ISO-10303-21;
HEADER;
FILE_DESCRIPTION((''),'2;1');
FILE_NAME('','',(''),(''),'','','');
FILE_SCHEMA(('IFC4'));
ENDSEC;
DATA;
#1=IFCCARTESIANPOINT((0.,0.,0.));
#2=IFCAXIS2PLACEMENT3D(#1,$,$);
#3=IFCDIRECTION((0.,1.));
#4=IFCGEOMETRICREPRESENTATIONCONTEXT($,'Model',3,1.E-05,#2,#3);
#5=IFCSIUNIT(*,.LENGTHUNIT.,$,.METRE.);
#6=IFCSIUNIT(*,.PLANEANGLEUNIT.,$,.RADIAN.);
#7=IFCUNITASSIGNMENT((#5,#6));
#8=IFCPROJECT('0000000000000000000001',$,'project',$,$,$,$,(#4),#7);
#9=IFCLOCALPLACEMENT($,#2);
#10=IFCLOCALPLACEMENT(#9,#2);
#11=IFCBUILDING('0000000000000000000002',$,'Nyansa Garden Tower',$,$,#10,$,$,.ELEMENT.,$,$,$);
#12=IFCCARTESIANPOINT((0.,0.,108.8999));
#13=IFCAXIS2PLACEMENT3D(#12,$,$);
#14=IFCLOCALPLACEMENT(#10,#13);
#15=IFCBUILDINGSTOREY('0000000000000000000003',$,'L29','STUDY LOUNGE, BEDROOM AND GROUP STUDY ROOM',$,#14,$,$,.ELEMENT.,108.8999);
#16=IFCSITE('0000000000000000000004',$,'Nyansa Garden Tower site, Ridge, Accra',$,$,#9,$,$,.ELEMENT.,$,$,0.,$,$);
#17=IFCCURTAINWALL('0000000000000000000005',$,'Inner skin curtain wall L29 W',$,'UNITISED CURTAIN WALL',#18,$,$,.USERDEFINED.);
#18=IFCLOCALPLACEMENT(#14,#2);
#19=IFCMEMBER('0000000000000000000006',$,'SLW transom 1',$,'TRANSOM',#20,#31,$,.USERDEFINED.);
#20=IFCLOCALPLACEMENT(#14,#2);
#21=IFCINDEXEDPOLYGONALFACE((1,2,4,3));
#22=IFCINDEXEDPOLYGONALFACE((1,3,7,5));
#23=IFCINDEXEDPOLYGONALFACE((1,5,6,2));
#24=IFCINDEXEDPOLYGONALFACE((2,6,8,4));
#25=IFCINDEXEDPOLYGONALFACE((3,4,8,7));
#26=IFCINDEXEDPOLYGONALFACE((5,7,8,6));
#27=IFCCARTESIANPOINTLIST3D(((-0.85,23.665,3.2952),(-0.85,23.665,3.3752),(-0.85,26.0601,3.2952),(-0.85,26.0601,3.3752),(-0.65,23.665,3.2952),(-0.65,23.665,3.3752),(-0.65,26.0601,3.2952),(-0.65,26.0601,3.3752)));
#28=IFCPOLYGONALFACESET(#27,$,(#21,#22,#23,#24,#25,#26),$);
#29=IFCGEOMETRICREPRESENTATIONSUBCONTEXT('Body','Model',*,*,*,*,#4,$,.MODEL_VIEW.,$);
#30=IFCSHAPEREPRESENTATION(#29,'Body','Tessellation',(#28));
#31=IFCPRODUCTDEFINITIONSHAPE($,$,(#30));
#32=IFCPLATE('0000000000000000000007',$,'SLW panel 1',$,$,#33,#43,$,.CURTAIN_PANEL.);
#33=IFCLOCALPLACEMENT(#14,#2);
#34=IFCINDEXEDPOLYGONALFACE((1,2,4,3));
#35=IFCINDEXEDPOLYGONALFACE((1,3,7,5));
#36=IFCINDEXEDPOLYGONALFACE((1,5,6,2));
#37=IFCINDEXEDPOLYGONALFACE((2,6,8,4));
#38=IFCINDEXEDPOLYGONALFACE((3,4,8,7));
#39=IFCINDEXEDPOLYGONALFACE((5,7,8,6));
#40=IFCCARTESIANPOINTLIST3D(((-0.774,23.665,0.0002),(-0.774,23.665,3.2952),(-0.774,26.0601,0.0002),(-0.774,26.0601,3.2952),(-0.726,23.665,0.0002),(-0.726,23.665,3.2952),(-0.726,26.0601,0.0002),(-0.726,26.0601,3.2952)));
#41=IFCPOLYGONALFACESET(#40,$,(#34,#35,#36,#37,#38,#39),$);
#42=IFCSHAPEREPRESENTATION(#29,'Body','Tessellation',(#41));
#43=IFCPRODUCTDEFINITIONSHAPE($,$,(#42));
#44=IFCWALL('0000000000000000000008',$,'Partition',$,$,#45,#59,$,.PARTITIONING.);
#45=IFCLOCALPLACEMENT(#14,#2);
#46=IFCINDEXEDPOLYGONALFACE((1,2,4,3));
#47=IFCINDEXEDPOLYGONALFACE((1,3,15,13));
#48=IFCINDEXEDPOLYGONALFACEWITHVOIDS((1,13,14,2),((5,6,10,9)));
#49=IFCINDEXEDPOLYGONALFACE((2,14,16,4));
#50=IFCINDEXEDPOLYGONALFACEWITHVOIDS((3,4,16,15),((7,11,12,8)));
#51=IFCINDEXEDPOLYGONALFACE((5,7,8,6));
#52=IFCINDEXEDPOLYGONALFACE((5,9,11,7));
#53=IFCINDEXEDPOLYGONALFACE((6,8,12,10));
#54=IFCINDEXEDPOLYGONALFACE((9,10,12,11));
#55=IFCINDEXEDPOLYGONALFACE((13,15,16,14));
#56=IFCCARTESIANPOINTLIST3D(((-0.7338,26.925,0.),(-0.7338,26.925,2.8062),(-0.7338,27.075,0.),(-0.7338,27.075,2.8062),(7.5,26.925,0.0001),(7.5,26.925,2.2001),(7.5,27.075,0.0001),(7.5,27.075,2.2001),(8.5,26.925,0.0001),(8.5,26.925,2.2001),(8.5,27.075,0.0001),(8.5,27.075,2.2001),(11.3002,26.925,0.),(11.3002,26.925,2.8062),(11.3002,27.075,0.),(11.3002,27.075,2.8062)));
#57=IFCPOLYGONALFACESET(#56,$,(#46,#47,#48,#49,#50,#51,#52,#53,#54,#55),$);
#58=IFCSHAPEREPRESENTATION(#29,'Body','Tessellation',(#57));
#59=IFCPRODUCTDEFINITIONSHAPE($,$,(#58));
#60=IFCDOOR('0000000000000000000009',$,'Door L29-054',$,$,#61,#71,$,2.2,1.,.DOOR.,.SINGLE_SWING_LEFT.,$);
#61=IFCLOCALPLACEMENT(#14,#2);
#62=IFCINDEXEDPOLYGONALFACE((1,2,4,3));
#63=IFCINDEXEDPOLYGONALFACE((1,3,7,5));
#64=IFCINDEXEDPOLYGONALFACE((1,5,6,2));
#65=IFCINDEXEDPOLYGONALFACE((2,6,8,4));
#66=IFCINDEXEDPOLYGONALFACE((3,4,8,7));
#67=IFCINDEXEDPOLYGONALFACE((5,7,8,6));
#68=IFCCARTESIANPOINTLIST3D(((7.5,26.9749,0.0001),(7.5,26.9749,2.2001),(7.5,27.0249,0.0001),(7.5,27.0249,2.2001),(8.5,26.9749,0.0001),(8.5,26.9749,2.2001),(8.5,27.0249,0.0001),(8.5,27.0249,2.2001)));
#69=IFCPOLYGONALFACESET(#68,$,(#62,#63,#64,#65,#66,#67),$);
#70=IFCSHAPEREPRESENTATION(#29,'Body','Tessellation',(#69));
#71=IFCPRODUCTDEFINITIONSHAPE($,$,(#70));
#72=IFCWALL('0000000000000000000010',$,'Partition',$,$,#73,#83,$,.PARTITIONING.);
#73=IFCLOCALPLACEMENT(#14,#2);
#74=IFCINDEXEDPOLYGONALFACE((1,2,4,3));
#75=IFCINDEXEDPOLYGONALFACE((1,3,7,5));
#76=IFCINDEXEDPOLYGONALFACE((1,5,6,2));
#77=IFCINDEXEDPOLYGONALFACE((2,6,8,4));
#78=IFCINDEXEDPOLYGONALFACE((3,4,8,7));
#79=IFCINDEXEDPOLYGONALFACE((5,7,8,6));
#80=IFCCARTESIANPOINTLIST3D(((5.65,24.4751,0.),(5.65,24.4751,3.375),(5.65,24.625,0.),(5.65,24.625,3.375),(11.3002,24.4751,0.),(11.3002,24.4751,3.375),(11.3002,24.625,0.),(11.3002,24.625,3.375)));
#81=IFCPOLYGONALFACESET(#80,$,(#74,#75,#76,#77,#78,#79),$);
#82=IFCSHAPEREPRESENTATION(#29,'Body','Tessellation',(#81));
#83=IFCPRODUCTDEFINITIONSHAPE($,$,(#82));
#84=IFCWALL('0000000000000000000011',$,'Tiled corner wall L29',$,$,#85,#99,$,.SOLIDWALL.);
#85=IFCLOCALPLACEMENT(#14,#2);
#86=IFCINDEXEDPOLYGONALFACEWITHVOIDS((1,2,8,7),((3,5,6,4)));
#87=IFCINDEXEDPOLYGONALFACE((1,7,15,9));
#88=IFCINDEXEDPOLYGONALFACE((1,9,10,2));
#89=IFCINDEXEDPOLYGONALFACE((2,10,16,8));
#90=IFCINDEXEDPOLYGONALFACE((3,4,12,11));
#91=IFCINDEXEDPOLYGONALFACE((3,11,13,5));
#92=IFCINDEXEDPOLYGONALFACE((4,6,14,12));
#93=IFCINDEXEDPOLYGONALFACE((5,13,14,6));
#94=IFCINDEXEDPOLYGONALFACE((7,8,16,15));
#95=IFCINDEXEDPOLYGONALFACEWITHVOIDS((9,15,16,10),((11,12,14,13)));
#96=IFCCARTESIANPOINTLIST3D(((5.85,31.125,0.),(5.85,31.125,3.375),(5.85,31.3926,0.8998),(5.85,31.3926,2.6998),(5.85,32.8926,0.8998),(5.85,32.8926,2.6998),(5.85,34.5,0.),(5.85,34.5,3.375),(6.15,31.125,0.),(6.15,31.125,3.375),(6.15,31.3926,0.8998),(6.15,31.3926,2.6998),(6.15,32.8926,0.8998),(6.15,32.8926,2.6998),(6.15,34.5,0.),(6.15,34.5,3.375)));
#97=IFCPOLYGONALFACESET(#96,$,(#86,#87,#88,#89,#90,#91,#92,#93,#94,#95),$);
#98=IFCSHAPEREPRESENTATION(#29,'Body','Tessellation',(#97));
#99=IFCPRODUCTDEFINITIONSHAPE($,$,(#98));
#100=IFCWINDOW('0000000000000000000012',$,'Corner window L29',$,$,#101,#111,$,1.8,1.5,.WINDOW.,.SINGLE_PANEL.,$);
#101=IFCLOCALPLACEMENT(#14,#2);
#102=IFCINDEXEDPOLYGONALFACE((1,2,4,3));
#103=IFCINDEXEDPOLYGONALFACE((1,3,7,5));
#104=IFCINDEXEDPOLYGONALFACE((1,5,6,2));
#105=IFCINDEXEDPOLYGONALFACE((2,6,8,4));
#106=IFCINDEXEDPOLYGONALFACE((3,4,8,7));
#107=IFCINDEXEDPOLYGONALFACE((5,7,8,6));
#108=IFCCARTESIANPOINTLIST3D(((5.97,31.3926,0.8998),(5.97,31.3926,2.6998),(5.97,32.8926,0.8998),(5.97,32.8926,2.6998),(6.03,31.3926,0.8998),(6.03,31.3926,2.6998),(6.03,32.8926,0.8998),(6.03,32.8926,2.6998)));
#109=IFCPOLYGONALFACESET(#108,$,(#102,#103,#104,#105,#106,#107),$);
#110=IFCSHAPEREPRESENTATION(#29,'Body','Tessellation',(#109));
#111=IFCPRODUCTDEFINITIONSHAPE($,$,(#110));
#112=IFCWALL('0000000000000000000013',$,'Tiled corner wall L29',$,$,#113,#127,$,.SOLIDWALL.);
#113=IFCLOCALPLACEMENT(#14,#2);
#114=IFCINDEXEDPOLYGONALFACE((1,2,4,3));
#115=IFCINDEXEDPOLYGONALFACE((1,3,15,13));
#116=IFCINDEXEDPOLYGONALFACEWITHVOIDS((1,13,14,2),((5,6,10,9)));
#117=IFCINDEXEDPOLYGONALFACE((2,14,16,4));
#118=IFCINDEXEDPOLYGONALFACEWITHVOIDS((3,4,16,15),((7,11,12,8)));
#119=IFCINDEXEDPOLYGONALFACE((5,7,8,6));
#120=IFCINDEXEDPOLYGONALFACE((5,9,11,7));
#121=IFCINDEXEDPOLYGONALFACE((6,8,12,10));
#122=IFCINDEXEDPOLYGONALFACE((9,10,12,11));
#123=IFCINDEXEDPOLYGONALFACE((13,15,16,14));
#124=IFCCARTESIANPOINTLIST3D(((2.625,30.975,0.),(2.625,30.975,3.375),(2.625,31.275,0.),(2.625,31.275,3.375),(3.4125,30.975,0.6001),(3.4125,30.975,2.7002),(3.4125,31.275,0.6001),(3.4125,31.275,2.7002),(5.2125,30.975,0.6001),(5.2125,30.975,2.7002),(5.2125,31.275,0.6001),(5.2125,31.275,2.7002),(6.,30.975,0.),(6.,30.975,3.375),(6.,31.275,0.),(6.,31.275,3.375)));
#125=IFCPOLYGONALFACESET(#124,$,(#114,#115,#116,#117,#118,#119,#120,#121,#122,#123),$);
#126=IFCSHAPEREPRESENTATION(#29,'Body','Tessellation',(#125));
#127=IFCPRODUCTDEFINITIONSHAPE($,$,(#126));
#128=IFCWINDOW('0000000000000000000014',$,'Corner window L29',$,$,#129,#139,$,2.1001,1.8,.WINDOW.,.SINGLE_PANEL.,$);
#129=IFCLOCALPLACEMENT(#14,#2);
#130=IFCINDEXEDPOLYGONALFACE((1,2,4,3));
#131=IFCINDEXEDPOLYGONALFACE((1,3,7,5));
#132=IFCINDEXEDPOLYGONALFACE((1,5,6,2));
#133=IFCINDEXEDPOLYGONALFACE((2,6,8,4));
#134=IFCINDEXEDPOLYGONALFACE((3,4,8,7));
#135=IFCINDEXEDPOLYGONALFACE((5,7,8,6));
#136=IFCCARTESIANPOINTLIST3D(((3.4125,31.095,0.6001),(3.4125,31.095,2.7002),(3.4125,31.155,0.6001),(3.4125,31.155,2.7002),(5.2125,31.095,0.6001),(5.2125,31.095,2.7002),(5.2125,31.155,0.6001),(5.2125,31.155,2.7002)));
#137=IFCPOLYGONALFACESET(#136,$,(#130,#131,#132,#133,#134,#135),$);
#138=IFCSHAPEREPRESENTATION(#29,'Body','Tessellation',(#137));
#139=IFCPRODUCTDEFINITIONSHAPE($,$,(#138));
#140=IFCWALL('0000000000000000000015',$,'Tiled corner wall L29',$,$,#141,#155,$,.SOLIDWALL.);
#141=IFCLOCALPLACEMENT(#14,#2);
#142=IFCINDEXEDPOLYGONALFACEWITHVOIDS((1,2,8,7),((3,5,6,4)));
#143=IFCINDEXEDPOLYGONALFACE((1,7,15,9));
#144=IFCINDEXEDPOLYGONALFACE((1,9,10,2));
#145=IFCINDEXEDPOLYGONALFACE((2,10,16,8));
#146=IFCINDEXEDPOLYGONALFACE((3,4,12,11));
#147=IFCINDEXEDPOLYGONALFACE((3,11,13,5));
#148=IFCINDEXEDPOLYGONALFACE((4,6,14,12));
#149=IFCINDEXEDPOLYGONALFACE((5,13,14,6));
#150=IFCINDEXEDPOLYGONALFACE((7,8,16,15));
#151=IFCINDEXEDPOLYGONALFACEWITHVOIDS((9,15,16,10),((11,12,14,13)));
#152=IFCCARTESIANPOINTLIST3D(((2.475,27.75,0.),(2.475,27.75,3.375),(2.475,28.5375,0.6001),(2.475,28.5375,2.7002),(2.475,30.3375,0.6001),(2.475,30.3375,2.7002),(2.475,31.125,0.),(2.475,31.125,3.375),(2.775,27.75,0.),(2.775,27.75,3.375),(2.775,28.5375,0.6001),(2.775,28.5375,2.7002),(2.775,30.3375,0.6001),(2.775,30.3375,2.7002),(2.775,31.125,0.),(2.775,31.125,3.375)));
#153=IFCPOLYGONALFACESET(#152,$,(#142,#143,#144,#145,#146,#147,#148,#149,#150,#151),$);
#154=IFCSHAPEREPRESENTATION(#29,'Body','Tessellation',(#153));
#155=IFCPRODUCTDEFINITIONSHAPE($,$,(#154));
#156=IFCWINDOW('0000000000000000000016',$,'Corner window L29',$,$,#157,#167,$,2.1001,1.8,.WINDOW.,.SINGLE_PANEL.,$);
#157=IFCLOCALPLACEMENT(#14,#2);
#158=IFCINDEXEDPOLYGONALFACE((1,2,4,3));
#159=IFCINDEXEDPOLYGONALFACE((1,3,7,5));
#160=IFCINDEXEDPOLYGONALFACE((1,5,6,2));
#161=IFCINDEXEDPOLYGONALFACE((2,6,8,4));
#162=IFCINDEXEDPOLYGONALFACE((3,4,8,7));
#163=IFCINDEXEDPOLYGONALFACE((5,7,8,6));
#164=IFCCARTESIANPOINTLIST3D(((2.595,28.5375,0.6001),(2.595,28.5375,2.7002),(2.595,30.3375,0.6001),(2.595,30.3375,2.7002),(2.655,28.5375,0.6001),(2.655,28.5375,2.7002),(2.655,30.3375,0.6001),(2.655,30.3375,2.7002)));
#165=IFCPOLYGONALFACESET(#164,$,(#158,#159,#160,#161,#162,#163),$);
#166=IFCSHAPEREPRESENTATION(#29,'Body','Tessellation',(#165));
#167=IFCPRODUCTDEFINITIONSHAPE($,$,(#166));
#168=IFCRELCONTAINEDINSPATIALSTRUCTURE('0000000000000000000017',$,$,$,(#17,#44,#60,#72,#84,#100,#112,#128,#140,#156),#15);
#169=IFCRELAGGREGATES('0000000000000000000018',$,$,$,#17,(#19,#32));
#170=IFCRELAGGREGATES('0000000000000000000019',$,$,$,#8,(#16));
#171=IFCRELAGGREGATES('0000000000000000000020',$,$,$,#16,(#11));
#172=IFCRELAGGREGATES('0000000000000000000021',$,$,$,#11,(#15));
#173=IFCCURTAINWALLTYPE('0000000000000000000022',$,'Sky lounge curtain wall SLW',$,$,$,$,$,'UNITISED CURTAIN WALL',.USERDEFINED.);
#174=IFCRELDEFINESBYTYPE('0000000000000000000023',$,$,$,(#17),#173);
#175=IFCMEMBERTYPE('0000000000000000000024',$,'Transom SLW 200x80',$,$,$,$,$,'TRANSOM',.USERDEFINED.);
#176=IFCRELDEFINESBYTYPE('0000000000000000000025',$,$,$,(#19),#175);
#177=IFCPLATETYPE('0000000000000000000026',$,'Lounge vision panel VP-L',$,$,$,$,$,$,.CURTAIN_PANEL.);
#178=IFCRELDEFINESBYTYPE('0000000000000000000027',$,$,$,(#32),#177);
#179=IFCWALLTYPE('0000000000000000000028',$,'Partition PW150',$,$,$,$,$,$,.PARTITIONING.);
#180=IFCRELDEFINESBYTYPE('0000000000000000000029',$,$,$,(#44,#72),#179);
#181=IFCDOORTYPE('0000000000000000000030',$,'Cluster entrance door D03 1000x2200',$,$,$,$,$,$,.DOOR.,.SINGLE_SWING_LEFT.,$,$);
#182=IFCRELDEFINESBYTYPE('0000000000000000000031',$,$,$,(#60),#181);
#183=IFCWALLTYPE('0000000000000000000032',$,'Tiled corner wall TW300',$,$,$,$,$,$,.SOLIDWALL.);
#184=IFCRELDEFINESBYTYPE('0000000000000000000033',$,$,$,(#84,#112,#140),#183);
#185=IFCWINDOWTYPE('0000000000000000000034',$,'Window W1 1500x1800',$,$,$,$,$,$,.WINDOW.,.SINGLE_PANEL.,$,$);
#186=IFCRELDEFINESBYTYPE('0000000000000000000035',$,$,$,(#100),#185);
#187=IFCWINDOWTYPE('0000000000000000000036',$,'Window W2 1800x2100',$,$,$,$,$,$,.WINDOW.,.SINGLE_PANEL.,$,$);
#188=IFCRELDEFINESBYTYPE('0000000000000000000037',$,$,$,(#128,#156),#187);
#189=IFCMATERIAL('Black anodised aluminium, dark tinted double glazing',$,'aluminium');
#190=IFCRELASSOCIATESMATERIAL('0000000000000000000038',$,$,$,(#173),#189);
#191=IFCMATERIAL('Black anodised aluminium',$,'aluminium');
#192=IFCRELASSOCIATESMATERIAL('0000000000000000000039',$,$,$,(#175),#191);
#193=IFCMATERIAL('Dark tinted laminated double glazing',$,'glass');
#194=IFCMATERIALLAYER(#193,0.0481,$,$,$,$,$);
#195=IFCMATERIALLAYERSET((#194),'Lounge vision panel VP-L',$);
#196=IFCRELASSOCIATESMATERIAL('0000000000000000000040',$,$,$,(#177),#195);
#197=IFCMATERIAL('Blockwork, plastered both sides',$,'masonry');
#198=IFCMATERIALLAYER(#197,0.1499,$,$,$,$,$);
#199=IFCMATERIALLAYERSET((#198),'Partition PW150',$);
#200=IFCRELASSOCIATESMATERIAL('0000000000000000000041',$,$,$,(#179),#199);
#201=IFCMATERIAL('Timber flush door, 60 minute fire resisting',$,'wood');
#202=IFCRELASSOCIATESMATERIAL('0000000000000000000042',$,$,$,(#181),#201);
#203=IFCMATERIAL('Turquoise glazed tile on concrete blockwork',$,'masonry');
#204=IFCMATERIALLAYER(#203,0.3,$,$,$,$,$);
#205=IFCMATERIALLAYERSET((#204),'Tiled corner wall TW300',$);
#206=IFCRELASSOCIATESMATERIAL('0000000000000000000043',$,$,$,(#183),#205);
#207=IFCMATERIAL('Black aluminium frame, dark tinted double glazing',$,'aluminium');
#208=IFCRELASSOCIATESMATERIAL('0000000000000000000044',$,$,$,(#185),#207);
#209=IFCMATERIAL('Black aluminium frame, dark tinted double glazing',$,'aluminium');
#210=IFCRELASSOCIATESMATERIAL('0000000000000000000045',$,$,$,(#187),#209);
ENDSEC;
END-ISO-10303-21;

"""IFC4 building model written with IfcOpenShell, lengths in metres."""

from ifc_helpers import new_model, si_unit, direction, frame, frame_2d, origin, origin_2d, place, context, subcontext, project, spatial, rectangle, extrude, material, layer, layer_set, material_profile, profile_set, type_object, element, fill, aggregate, save


model = new_model("IFC4")

# Units and contexts
model_context = context("Model", 3, precision=1e-05, world=origin(), true_north=direction((0.0, 1.0)))
body_context = subcontext(model_context, "Body", "Model", "MODEL_VIEW")
ifc_project = project(units=[si_unit("LENGTHUNIT", "METRE"), si_unit("PLANEANGLEUNIT", "RADIAN")], contexts=[model_context])

# Site, building, storey
site_placement = place(None, origin())
site = spatial("IfcSite", under=ifc_project, at=site_placement, Name="Nyansa Garden Tower site, Ridge, Accra", CompositionType="ELEMENT", RefElevation=0.0)
building_placement = place(site_placement, origin())
building = spatial("IfcBuilding", under=site, at=building_placement, Name="Nyansa Garden Tower", CompositionType="ELEMENT")
storey_placement = place(building_placement, frame((0.0, 0.0, 108.8999)))
storey = spatial("IfcBuildingStorey", under=building, at=storey_placement, Name="L29", Description="STUDY LOUNGE, BEDROOM AND GROUP STUDY ROOM", CompositionType="ELEMENT", Elevation=108.8999)

# Curtain wall
ifc_material_1 = material(Name="Black anodised aluminium, dark tinted double glazing", Category="aluminium")
curtain_wall_type = type_object("IfcCurtainWallType", Name="Sky lounge curtain wall SLW", ElementType="UNITISED CURTAIN WALL", PredefinedType="USERDEFINED", material=ifc_material_1)
curtain_wall_placement = place(storey_placement, origin())
curtain_wall = element("IfcCurtainWall", 1, at=curtain_wall_placement, inside=storey, type_object=curtain_wall_type, Name="Inner skin curtain wall L29 W", ObjectType="UNITISED CURTAIN WALL", PredefinedType="USERDEFINED")

# Member
ifc_material_2 = material(Name="Black anodised aluminium", Category="aluminium")
ifc_material_profile_1 = material_profile(ifc_material_2, rectangle(XDim=0.2, YDim=0.0801, at=origin_2d()), Name="Transom 200x80")
ifc_profile_set_1 = profile_set([ifc_material_profile_1], Name="Black anodised aluminium")
member_type_1 = type_object("IfcMemberType", Name="Transom SLW 200x80", ElementType="TRANSOM", PredefinedType="USERDEFINED", material=ifc_profile_set_1)
member_1_placement = place(storey_placement, frame((-0.75, 26.0601, 3.3352), z_axis=(0.0, -1.0, 0.0), x_axis=(1.0, 0.0, 0.0)))
member_1 = element("IfcMember", 2, at=member_1_placement, type_object=member_type_1, Name="SLW transom 1", ObjectType="TRANSOM", PredefinedType="USERDEFINED", context=body_context, shape_type="SweptSolid", body=[
    extrude(rectangle(XDim=0.2, YDim=0.0801, at=origin_2d()), origin(), (0.0, 0.0, 1.0), 2.395),
])

# Plate
ifc_material_3 = material(Name="Dark tinted laminated double glazing", Category="glass")
ifc_layer_1 = layer(ifc_material_3, 0.0481)
ifc_layer_set_1 = layer_set([ifc_layer_1], Name="Lounge vision panel VP-L")
plate_type = type_object("IfcPlateType", Name="Lounge vision panel VP-L", PredefinedType="CURTAIN_PANEL", material=ifc_layer_set_1)
plate_placement = place(storey_placement, frame((-0.75, 24.8625, 0.0002), z_axis=(0.0, 0.0, 1.0), x_axis=(0.0, -1.0, 0.0)))
plate = element("IfcPlate", 3, at=plate_placement, type_object=plate_type, Name="SLW panel 1", PredefinedType="CURTAIN_PANEL", context=body_context, shape_type="SweptSolid", body=[
    extrude(rectangle(XDim=2.395, YDim=0.0481, at=origin_2d()), origin(), (0.0, 0.0, 1.0), 3.2949),
])
aggregate(curtain_wall, [member_1, plate])

# Wall, opening, door
ifc_material_4 = material(Name="Blockwork, plastered both sides", Category="masonry")
ifc_layer_2 = layer(ifc_material_4, 0.1499)
ifc_layer_set_2 = layer_set([ifc_layer_2], Name="Partition PW150")
wall_type_1 = type_object("IfcWallType", Name="Partition PW150", PredefinedType="PARTITIONING", material=ifc_layer_set_2)
wall_1_placement = place(storey_placement, frame((-0.7339, 27.0, 0.0), z_axis=(0.0, 0.0, 1.0), x_axis=(1.0, 0.0, 0.0)))
wall_1 = element("IfcWall", 4, at=wall_1_placement, inside=storey, type_object=wall_type_1, Name="Partition", PredefinedType="PARTITIONING", context=body_context, shape_type="SweptSolid", body=[
    extrude(rectangle(XDim=12.0339, YDim=0.1499, at=frame_2d((6.0171, 0.0))), origin(), (0.0, 0.0, 1.0), 2.8062),
])
opening_1_placement = place(wall_1_placement, frame((8.2339, 0.0, 0.0)))
opening_1 = element("IfcOpeningElement", 5, at=opening_1_placement, cuts=wall_1, PredefinedType="OPENING", context=body_context, shape_type="SweptSolid", body=[
    extrude(rectangle(XDim=1.0, YDim=2.2, at=frame_2d((0.5, 1.1001))), frame((0.0, 0.085, 0.0), z_axis=(0.0, -1.0, 0.0), x_axis=(1.0, 0.0, 0.0)), (0.0, 0.0, 1.0), 0.1699),
])
ifc_material_5 = material(Name="Timber flush door, 60 minute fire resisting", Category="wood")
door_type_1 = type_object("IfcDoorType", Name="Cluster entrance door D03 1000x2200", OperationType="SINGLE_SWING_LEFT", PredefinedType="DOOR", material=ifc_material_5)
door_1_placement = place(opening_1_placement, origin())
door_1 = element("IfcDoor", 6, at=door_1_placement, inside=storey, type_object=door_type_1, Name="Door L29-054", OperationType="SINGLE_SWING_LEFT", OverallHeight=2.2, OverallWidth=1.0, PredefinedType="DOOR", context=body_context, shape_type="SweptSolid", body=[
    extrude(rectangle(XDim=1.0, YDim=2.2, at=frame_2d((0.5, 1.1001))), frame((0.0, 0.0249, 0.0), z_axis=(0.0, -1.0, 0.0), x_axis=(1.0, 0.0, 0.0)), (0.0, 0.0, 1.0), 0.05),
])
fill(opening_1, door_1)

# Wall
wall_2_placement = place(storey_placement, frame((5.6499, 24.55, 0.0), z_axis=(0.0, 0.0, 1.0), x_axis=(1.0, 0.0, 0.0)))
element("IfcWall", 7, at=wall_2_placement, inside=storey, type_object=wall_type_1, Name="Partition", PredefinedType="PARTITIONING", context=body_context, shape_type="SweptSolid", body=[
    extrude(rectangle(XDim=5.6501, YDim=0.1499, at=frame_2d((2.8252, 0.0))), origin(), (0.0, 0.0, 1.0), 3.375),
])

# Walls, openings, windows
ifc_material_6 = material(Name="Turquoise glazed tile on concrete blockwork", Category="masonry")
ifc_layer_3 = layer(ifc_material_6, 0.3)
ifc_layer_set_3 = layer_set([ifc_layer_3], Name="Tiled corner wall TW300")
wall_type_2 = type_object("IfcWallType", Name="Tiled corner wall TW300", PredefinedType="SOLIDWALL", material=ifc_layer_set_3)
wall_3_placement = place(storey_placement, frame((6.0, 34.5, 0.0), z_axis=(0.0, 0.0, 1.0), x_axis=(0.0, -1.0, 0.0)))
wall_3 = element("IfcWall", 8, at=wall_3_placement, inside=storey, type_object=wall_type_2, Name="Tiled corner wall L29", PredefinedType="SOLIDWALL", context=body_context, shape_type="SweptSolid", body=[
    extrude(rectangle(XDim=3.375, YDim=0.3, at=frame_2d((1.6875, 0.0))), origin(), (0.0, 0.0, 1.0), 3.375),
])
opening_2_placement = place(wall_3_placement, frame((1.6074, 0.0, 0.8999)))
opening_2 = element("IfcOpeningElement", 9, at=opening_2_placement, cuts=wall_3, PredefinedType="OPENING", context=body_context, shape_type="SweptSolid", body=[
    extrude(rectangle(XDim=1.5, YDim=1.8, at=frame_2d((0.75, 0.8999))), frame((0.0, 0.1599, 0.0), z_axis=(0.0, -1.0, 0.0), x_axis=(1.0, 0.0, 0.0)), (0.0, 0.0, 1.0), 0.3201),
])
ifc_material_7 = material(Name="Black aluminium frame, dark tinted double glazing", Category="aluminium")
window_type_1 = type_object("IfcWindowType", Name="Window W1 1500x1800", PartitioningType="SINGLE_PANEL", PredefinedType="WINDOW", material=ifc_material_7)
window_1_placement = place(opening_2_placement, origin())
window_1 = element("IfcWindow", 10, at=window_1_placement, inside=storey, type_object=window_type_1, Name="Corner window L29", OverallHeight=1.8, OverallWidth=1.5, PartitioningType="SINGLE_PANEL", PredefinedType="WINDOW", context=body_context, shape_type="SweptSolid", body=[
    extrude(rectangle(XDim=1.5, YDim=1.8, at=frame_2d((0.75, 0.8999))), frame((0.0, 0.03, 0.0), z_axis=(0.0, -1.0, 0.0), x_axis=(1.0, 0.0, 0.0)), (0.0, 0.0, 1.0), 0.0601),
])
fill(opening_2, window_1)
wall_4_placement = place(storey_placement, frame((6.0, 31.125, 0.0), z_axis=(0.0, 0.0, 1.0), x_axis=(-1.0, 0.0, 0.0)))
wall_4 = element("IfcWall", 11, at=wall_4_placement, inside=storey, type_object=wall_type_2, Name="Tiled corner wall L29", PredefinedType="SOLIDWALL", context=body_context, shape_type="SweptSolid", body=[
    extrude(rectangle(XDim=3.375, YDim=0.3, at=frame_2d((1.6875, 0.0))), origin(), (0.0, 0.0, 1.0), 3.375),
])
opening_3_placement = place(wall_4_placement, frame((0.7876, 0.0, 0.6001)))
opening_3 = element("IfcOpeningElement", 12, at=opening_3_placement, cuts=wall_4, PredefinedType="OPENING", context=body_context, shape_type="SweptSolid", body=[
    extrude(rectangle(XDim=1.8, YDim=2.1001, at=frame_2d((0.8999, 1.05))), frame((0.0, 0.1599, 0.0), z_axis=(0.0, -1.0, 0.0), x_axis=(1.0, 0.0, 0.0)), (0.0, 0.0, 1.0), 0.3201),
])
ifc_material_8 = material(Name="Black aluminium frame, dark tinted double glazing", Category="aluminium")
window_type_2 = type_object("IfcWindowType", Name="Window W2 1800x2100", PartitioningType="SINGLE_PANEL", PredefinedType="WINDOW", material=ifc_material_8)
window_2_placement = place(opening_3_placement, origin())
window_2 = element("IfcWindow", 13, at=window_2_placement, inside=storey, type_object=window_type_2, Name="Corner window L29", OverallHeight=2.1001, OverallWidth=1.8, PartitioningType="SINGLE_PANEL", PredefinedType="WINDOW", context=body_context, shape_type="SweptSolid", body=[
    extrude(rectangle(XDim=1.8, YDim=2.1001, at=frame_2d((0.8999, 1.05))), frame((0.0, 0.03, 0.0), z_axis=(0.0, -1.0, 0.0), x_axis=(1.0, 0.0, 0.0)), (0.0, 0.0, 1.0), 0.0601),
])
fill(opening_3, window_2)
wall_5_placement = place(storey_placement, frame((2.625, 31.125, 0.0), z_axis=(0.0, 0.0, 1.0), x_axis=(0.0, -1.0, 0.0)))
wall_5 = element("IfcWall", 14, at=wall_5_placement, inside=storey, type_object=wall_type_2, Name="Tiled corner wall L29", PredefinedType="SOLIDWALL", context=body_context, shape_type="SweptSolid", body=[
    extrude(rectangle(XDim=3.375, YDim=0.3, at=frame_2d((1.6875, 0.0))), origin(), (0.0, 0.0, 1.0), 3.375),
])
opening_4_placement = place(wall_5_placement, frame((0.7876, 0.0, 0.6001)))
opening_4 = element("IfcOpeningElement", 15, at=opening_4_placement, cuts=wall_5, PredefinedType="OPENING", context=body_context, shape_type="SweptSolid", body=[
    extrude(rectangle(XDim=1.8, YDim=2.1001, at=frame_2d((0.8999, 1.05))), frame((0.0, 0.1599, 0.0), z_axis=(0.0, -1.0, 0.0), x_axis=(1.0, 0.0, 0.0)), (0.0, 0.0, 1.0), 0.3201),
])
window_3_placement = place(opening_4_placement, origin())
window_3 = element("IfcWindow", 16, at=window_3_placement, inside=storey, type_object=window_type_2, Name="Corner window L29", OverallHeight=2.1001, OverallWidth=1.8, PartitioningType="SINGLE_PANEL", PredefinedType="WINDOW", context=body_context, shape_type="SweptSolid", body=[
    extrude(rectangle(XDim=1.8, YDim=2.1001, at=frame_2d((0.8999, 1.05))), frame((0.0, 0.03, 0.0), z_axis=(0.0, -1.0, 0.0), x_axis=(1.0, 0.0, 0.0)), (0.0, 0.0, 1.0), 0.0601),
])
fill(opening_4, window_3)

save(model, "model.ifc")
